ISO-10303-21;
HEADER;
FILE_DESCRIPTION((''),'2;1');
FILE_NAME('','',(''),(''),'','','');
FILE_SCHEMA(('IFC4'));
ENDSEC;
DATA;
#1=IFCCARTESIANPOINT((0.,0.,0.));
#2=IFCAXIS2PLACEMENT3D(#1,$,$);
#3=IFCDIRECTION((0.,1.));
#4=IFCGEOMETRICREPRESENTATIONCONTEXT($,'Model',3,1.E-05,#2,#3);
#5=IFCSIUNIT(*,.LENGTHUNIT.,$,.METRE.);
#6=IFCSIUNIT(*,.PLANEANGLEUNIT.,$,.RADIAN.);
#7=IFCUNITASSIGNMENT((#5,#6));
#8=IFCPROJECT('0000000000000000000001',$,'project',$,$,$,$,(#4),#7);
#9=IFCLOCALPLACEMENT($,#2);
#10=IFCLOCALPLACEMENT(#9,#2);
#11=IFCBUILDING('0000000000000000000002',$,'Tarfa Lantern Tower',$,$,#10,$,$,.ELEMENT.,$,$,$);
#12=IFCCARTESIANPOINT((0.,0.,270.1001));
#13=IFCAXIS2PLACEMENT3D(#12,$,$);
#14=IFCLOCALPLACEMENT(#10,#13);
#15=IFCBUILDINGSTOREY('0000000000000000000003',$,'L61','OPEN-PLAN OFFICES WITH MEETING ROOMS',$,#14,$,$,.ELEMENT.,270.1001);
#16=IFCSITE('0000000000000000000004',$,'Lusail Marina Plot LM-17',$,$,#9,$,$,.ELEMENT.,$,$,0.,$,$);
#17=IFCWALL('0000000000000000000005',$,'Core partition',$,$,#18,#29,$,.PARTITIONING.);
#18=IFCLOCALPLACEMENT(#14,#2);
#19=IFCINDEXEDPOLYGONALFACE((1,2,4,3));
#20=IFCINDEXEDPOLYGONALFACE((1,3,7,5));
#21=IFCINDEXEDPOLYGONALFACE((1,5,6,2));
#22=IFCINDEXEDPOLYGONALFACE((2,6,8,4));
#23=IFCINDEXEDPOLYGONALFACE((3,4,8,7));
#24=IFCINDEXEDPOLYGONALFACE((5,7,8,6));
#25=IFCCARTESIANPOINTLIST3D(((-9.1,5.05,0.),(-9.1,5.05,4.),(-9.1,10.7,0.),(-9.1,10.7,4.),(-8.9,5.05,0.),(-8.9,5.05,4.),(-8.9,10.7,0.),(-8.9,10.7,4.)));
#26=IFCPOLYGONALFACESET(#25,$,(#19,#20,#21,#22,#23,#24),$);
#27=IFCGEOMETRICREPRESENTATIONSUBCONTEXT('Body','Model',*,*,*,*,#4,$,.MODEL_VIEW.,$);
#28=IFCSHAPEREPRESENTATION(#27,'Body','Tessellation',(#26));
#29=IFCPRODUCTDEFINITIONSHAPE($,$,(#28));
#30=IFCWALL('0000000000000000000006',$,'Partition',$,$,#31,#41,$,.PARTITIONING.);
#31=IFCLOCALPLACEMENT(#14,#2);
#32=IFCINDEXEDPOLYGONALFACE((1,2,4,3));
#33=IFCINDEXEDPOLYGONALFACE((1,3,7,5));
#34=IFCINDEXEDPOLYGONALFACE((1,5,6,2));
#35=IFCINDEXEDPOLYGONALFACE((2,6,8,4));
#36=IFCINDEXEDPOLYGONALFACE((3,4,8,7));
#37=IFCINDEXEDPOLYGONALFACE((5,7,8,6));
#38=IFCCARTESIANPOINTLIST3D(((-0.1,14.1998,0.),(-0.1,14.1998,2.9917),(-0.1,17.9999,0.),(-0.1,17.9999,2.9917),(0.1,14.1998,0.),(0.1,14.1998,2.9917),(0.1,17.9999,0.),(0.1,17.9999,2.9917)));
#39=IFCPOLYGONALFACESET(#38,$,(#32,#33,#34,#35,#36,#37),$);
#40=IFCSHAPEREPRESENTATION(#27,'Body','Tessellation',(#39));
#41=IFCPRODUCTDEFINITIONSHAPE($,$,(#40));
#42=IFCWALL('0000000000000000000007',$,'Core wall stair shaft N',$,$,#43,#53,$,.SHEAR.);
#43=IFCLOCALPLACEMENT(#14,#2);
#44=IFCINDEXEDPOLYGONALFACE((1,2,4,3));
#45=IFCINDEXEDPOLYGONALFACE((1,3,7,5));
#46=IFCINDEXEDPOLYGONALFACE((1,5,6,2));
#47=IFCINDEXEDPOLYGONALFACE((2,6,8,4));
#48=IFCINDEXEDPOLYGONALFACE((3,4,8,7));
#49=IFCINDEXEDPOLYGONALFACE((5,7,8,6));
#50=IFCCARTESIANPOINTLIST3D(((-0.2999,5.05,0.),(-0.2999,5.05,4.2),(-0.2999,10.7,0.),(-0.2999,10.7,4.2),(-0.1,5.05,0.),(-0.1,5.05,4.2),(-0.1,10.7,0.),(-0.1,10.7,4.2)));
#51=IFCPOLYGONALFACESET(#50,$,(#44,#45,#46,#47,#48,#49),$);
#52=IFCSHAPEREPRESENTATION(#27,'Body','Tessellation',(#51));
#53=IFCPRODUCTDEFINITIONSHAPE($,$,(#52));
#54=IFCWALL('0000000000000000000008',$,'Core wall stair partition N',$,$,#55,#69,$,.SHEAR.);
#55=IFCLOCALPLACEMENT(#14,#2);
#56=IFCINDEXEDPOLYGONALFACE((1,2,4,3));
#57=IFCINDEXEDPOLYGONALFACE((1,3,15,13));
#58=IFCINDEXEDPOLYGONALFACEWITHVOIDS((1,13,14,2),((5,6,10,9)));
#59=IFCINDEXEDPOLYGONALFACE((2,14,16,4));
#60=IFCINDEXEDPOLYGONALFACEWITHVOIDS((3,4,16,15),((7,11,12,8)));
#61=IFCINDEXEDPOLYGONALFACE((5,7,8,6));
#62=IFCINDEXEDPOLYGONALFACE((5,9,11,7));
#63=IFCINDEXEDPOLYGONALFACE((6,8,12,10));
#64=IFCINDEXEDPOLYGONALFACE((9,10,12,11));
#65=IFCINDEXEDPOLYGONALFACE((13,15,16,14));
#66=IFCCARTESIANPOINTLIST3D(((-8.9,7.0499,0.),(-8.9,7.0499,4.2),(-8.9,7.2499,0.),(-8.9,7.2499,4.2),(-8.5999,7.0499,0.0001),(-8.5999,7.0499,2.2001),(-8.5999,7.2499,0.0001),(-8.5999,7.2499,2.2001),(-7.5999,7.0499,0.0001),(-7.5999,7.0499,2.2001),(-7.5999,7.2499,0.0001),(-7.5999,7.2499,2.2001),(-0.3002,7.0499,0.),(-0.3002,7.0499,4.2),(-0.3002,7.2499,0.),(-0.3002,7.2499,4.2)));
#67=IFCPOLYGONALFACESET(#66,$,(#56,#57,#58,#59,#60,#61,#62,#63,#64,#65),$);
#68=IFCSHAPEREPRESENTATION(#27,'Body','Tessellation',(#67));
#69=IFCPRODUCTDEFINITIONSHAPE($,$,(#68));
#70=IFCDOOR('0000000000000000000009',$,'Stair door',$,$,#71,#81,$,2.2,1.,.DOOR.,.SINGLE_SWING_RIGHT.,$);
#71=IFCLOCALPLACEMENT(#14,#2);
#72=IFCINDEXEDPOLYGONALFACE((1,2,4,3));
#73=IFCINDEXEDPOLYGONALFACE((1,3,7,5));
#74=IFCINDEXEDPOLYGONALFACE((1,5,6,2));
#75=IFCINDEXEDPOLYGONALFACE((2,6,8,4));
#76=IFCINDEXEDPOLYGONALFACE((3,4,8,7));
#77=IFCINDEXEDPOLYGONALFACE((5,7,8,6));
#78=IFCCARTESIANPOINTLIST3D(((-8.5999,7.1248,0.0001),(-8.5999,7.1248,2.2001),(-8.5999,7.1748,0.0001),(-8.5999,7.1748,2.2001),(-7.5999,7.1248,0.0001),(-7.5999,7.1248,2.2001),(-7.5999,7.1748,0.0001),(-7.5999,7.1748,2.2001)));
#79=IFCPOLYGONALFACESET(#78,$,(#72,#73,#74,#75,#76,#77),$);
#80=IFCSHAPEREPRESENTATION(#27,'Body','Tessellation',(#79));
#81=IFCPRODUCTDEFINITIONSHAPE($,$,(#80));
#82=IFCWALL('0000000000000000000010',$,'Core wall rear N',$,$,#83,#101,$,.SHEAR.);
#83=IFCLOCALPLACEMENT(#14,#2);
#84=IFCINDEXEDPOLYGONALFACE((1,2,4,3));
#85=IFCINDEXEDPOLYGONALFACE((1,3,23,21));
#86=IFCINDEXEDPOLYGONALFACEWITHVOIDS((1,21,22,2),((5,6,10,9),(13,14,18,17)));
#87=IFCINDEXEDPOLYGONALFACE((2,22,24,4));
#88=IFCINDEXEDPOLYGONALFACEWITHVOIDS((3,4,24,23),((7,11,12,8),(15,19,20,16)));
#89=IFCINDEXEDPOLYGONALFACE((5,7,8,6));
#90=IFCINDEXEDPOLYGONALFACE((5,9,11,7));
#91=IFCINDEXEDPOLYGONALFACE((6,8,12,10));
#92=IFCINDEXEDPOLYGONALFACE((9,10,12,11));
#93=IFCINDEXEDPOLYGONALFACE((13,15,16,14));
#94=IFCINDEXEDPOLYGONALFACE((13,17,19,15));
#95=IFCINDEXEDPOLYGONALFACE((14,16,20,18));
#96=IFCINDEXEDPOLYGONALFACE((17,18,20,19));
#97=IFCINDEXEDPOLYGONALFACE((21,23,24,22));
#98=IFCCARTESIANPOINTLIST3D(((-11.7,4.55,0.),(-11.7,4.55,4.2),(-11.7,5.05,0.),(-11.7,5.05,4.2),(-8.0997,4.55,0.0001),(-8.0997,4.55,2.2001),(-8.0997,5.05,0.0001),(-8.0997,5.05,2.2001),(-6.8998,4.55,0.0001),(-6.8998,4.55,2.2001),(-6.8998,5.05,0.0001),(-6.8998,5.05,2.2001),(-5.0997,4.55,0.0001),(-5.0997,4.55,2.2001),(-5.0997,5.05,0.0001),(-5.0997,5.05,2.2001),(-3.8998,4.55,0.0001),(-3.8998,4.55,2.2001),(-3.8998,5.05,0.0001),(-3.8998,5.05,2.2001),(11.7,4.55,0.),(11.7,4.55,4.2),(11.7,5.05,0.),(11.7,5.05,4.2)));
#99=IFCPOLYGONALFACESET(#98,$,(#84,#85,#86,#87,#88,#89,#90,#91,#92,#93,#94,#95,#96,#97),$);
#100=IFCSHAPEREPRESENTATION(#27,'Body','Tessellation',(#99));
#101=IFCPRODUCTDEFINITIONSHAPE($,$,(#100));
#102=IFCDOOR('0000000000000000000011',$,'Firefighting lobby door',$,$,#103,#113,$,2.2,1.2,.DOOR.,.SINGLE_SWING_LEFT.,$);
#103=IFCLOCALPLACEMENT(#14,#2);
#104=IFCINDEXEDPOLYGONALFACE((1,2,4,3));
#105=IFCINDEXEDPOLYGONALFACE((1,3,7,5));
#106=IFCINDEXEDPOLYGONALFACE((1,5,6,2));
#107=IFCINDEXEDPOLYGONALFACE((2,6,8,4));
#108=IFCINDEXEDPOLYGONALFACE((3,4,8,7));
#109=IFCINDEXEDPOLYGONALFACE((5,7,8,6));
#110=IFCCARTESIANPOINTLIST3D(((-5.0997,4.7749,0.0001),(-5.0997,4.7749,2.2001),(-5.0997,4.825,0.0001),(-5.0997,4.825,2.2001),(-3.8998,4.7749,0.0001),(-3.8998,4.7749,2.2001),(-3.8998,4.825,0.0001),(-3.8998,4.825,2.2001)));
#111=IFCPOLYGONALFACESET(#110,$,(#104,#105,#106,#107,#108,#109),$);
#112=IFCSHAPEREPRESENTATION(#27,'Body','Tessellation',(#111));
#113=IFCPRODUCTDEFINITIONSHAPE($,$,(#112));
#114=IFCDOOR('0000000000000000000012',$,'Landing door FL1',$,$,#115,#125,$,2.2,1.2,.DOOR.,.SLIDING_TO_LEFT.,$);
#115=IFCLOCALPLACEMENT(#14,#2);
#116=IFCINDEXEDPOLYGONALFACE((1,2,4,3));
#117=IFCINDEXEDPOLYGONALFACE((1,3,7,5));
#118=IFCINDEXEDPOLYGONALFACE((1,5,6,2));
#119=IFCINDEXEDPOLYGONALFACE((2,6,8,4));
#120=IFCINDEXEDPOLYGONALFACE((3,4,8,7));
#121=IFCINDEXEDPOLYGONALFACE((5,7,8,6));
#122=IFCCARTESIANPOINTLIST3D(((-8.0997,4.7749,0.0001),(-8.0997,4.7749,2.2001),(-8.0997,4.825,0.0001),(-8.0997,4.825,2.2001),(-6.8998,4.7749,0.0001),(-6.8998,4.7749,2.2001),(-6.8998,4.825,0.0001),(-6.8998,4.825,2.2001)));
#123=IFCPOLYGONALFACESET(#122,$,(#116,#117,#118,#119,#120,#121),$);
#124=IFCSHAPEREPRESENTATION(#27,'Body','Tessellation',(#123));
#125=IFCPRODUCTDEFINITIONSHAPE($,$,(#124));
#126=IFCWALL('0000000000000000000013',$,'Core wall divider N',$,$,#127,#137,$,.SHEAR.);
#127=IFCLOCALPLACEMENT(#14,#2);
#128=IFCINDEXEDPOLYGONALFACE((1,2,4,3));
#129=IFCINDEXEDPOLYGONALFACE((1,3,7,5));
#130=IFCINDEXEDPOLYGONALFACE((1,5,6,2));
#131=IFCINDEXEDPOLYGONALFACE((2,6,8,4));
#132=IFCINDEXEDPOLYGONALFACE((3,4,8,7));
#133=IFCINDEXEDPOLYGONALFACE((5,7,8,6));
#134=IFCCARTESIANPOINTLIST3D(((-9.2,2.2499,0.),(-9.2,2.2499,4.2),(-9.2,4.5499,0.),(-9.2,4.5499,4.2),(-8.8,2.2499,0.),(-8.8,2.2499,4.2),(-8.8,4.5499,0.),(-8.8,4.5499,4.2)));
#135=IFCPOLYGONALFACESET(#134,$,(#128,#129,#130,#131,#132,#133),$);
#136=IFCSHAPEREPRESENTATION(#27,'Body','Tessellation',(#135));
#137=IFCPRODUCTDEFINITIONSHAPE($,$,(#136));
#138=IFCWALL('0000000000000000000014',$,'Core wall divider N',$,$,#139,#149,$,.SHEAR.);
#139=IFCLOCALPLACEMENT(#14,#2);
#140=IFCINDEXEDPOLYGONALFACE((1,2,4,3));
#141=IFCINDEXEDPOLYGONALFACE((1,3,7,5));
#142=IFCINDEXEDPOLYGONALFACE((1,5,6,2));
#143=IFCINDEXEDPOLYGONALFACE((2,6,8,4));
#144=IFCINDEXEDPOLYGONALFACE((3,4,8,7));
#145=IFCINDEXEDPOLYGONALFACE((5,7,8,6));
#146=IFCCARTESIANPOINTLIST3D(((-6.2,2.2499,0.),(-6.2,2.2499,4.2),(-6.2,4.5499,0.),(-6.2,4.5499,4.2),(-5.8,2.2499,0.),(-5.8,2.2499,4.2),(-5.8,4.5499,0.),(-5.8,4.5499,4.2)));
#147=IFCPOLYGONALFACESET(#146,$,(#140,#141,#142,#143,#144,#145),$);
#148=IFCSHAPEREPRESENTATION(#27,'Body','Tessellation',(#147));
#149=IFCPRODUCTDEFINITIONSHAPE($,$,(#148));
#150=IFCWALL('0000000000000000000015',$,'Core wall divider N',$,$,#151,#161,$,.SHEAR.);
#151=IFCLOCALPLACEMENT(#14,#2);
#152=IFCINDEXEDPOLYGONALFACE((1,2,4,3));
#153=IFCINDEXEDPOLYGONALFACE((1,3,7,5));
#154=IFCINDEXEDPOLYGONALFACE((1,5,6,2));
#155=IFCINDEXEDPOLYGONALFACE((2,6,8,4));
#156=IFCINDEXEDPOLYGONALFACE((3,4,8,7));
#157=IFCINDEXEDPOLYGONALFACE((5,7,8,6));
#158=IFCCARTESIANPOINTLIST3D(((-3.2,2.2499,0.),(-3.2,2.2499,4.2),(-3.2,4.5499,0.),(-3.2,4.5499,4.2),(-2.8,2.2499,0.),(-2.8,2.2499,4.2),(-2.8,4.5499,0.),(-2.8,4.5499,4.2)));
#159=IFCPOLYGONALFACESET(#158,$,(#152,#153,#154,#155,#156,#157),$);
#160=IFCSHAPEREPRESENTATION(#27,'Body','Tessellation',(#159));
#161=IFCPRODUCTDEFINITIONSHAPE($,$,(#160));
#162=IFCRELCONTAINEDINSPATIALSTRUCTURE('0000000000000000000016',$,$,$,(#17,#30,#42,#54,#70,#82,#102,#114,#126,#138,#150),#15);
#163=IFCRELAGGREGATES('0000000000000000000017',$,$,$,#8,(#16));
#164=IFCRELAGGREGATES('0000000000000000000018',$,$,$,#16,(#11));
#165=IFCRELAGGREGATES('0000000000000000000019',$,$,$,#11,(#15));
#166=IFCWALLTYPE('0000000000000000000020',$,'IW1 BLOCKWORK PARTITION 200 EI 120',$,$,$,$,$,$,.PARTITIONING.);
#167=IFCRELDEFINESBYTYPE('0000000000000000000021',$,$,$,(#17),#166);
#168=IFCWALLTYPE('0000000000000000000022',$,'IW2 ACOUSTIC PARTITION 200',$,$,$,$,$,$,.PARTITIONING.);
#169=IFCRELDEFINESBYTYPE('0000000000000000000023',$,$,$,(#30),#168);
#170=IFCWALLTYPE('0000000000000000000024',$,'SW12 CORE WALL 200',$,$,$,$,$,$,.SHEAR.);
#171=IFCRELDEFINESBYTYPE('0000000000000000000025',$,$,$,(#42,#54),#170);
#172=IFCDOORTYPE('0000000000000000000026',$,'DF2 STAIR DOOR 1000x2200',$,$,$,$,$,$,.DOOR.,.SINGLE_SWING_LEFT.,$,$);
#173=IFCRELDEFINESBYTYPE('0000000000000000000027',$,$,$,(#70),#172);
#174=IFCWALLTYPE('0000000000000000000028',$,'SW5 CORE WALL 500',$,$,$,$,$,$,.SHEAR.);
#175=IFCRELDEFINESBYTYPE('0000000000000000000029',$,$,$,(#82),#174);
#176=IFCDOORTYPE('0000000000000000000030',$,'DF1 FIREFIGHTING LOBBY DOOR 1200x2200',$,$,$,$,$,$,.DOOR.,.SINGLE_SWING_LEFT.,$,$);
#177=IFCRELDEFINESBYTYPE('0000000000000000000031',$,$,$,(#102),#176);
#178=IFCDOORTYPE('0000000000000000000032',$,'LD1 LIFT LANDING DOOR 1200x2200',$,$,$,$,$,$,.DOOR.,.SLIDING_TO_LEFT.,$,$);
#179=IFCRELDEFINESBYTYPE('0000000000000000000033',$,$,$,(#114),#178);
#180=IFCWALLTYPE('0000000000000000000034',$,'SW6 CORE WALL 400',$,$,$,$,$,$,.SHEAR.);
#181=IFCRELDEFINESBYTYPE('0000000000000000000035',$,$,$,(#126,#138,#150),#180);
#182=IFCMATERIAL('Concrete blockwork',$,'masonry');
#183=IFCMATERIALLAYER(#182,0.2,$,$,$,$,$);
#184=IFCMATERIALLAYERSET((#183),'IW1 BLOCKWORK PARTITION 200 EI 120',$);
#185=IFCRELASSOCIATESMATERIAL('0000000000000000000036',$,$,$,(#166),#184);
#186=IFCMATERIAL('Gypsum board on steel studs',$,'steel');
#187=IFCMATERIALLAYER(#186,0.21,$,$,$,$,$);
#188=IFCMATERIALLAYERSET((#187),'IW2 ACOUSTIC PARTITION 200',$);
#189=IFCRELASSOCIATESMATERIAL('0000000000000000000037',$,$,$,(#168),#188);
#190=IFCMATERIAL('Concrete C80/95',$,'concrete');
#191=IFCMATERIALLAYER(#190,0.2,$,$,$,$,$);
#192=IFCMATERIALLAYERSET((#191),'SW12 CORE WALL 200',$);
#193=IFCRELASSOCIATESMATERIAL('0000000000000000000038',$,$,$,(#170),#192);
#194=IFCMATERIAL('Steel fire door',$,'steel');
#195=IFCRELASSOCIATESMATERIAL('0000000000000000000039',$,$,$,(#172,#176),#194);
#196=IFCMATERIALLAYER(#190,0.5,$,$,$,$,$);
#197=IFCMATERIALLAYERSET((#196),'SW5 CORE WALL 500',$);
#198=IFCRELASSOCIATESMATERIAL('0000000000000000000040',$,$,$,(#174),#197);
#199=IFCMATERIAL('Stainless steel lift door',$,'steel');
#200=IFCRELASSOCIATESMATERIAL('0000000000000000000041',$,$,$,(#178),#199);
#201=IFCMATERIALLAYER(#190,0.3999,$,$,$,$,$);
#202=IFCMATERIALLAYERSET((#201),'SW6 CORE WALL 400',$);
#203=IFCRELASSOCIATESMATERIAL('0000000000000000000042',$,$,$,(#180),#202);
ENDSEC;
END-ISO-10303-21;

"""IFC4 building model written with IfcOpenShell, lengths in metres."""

from ifc_helpers import new_model, si_unit, direction, frame, frame_2d, origin, place, context, subcontext, project, spatial, rectangle, extrude, material, layer, layer_set, type_object, element, fill, save


model = new_model("IFC4")

# Units and contexts
model_context = context("Model", 3, precision=1e-05, world=origin(), true_north=direction((0.0, 1.0)))
body_context = subcontext(model_context, "Body", "Model", "MODEL_VIEW")
ifc_project = project(units=[si_unit("LENGTHUNIT", "METRE"), si_unit("PLANEANGLEUNIT", "RADIAN")], contexts=[model_context])

# Site, building, storey
site_placement = place(None, origin())
site = spatial("IfcSite", under=ifc_project, at=site_placement, Name="Lusail Marina Plot LM-17", CompositionType="ELEMENT", RefElevation=0.0)
building_placement = place(site_placement, origin())
building = spatial("IfcBuilding", under=site, at=building_placement, Name="Tarfa Lantern Tower", CompositionType="ELEMENT")
storey_placement = place(building_placement, frame((0.0, 0.0, 270.1001)))
storey = spatial("IfcBuildingStorey", under=building, at=storey_placement, Name="L61", Description="OPEN-PLAN OFFICES WITH MEETING ROOMS", CompositionType="ELEMENT", Elevation=270.1001)

# Walls
ifc_material_1 = material(Name="Concrete blockwork", Category="masonry")
ifc_layer_1 = layer(ifc_material_1, 0.2)
ifc_layer_set_1 = layer_set([ifc_layer_1], Name="IW1 BLOCKWORK PARTITION 200 EI 120")
wall_type_1 = type_object("IfcWallType", Name="IW1 BLOCKWORK PARTITION 200 EI 120", PredefinedType="PARTITIONING", material=ifc_layer_set_1)
wall_1_placement = place(storey_placement, frame((-9.0, 5.05, 0.0), z_axis=(0.0, 0.0, 1.0), x_axis=(0.0, 1.0, 0.0)))
element("IfcWall", 1, at=wall_1_placement, inside=storey, type_object=wall_type_1, Name="Core partition", PredefinedType="PARTITIONING", context=body_context, shape_type="SweptSolid", body=[
    extrude(rectangle(XDim=5.6499, YDim=0.2, at=frame_2d((2.825, 0.0))), origin(), (0.0, 0.0, 1.0), 4.0),
])
ifc_material_2 = material(Name="Gypsum board on steel studs", Category="steel")
ifc_layer_2 = layer(ifc_material_2, 0.21)
ifc_layer_set_2 = layer_set([ifc_layer_2], Name="IW2 ACOUSTIC PARTITION 200")
wall_type_2 = type_object("IfcWallType", Name="IW2 ACOUSTIC PARTITION 200", PredefinedType="PARTITIONING", material=ifc_layer_set_2)
wall_2_placement = place(storey_placement, frame((0.0, 14.2, 0.0), z_axis=(0.0, 0.0, 1.0), x_axis=(0.0, 1.0, 0.0)))
element("IfcWall", 2, at=wall_2_placement, inside=storey, type_object=wall_type_2, Name="Partition", PredefinedType="PARTITIONING", context=body_context, shape_type="SweptSolid", body=[
    extrude(rectangle(XDim=3.8, YDim=0.2, at=frame_2d((1.8999, 0.0))), origin(), (0.0, 0.0, 1.0), 2.9917),
])
ifc_material_3 = material(Name="Concrete C80/95", Category="concrete")
ifc_layer_3 = layer(ifc_material_3, 0.2)
ifc_layer_set_3 = layer_set([ifc_layer_3], Name="SW12 CORE WALL 200")
wall_type_3 = type_object("IfcWallType", Name="SW12 CORE WALL 200", PredefinedType="SHEAR", material=ifc_layer_set_3)
wall_3_placement = place(storey_placement, frame((-0.2, 5.05, 0.0), z_axis=(0.0, 0.0, 1.0), x_axis=(0.0, 1.0, 0.0)))
element("IfcWall", 3, at=wall_3_placement, inside=storey, type_object=wall_type_3, Name="Core wall stair shaft N", PredefinedType="SHEAR", context=body_context, shape_type="SweptSolid", body=[
    extrude(rectangle(XDim=5.6499, YDim=0.2, at=frame_2d((2.825, 0.0))), origin(), (0.0, 0.0, 1.0), 4.2),
])

# Wall, opening, door
wall_4_placement = place(storey_placement, frame((-8.8999, 7.1499, 0.0), z_axis=(0.0, 0.0, 1.0), x_axis=(1.0, 0.0, 0.0)))
wall_4 = element("IfcWall", 4, at=wall_4_placement, inside=storey, type_object=wall_type_3, Name="Core wall stair partition N", PredefinedType="SHEAR", context=body_context, shape_type="SweptSolid", body=[
    extrude(rectangle(XDim=8.5999, YDim=0.2, at=frame_2d((4.2998, 0.0))), origin(), (0.0, 0.0, 1.0), 4.2),
])
opening_1_placement = place(wall_4_placement, frame((0.3, 0.0, 0.0)))
opening_1 = element("IfcOpeningElement", 5, at=opening_1_placement, cuts=wall_4, PredefinedType="OPENING", context=body_context, shape_type="SweptSolid", body=[
    extrude(rectangle(XDim=1.0, YDim=2.2, at=frame_2d((0.5, 1.1001))), frame((0.0, 0.1099, 0.0), z_axis=(0.0, -1.0, 0.0), x_axis=(1.0, 0.0, 0.0)), (0.0, 0.0, 1.0), 0.22),
])
ifc_material_4 = material(Name="Steel fire door", Category="steel")
door_type_1 = type_object("IfcDoorType", Name="DF2 STAIR DOOR 1000x2200", OperationType="SINGLE_SWING_LEFT", PredefinedType="DOOR", material=ifc_material_4)
door_1_placement = place(opening_1_placement, origin())
door_1 = element("IfcDoor", 6, at=door_1_placement, inside=storey, type_object=door_type_1, Name="Stair door", OperationType="SINGLE_SWING_RIGHT", OverallHeight=2.2, OverallWidth=1.0, PredefinedType="DOOR", context=body_context, shape_type="SweptSolid", body=[
    extrude(rectangle(XDim=1.0, YDim=2.2, at=frame_2d((0.5, 1.1001))), frame((0.0, 0.0249, 0.0), z_axis=(0.0, -1.0, 0.0), x_axis=(1.0, 0.0, 0.0)), (0.0, 0.0, 1.0), 0.05),
])
fill(opening_1, door_1)

# Wall, openings, doors
ifc_layer_4 = layer(ifc_material_3, 0.5)
ifc_layer_set_4 = layer_set([ifc_layer_4], Name="SW5 CORE WALL 500")
wall_type_4 = type_object("IfcWallType", Name="SW5 CORE WALL 500", PredefinedType="SHEAR", material=ifc_layer_set_4)
wall_5_placement = place(storey_placement, frame((-11.7, 4.8, 0.0), z_axis=(0.0, 0.0, 1.0), x_axis=(1.0, 0.0, 0.0)))
wall_5 = element("IfcWall", 7, at=wall_5_placement, inside=storey, type_object=wall_type_4, Name="Core wall rear N", PredefinedType="SHEAR", context=body_context, shape_type="SweptSolid", body=[
    extrude(rectangle(XDim=23.3999, YDim=0.5, at=frame_2d((11.7, 0.0))), origin(), (0.0, 0.0, 1.0), 4.2),
])
opening_2_placement = place(wall_5_placement, frame((6.6001, 0.0, 0.0)))
opening_2 = element("IfcOpeningElement", 8, at=opening_2_placement, cuts=wall_5, PredefinedType="OPENING", context=body_context, shape_type="SweptSolid", body=[
    extrude(rectangle(XDim=1.2, YDim=2.2, at=frame_2d((0.6001, 1.1001))), frame((0.0, 0.26, 0.0), z_axis=(0.0, -1.0, 0.0), x_axis=(1.0, 0.0, 0.0)), (0.0, 0.0, 1.0), 0.52),
])
opening_3_placement = place(wall_5_placement, frame((3.6001, 0.0, 0.0)))
opening_3 = element("IfcOpeningElement", 9, at=opening_3_placement, cuts=wall_5, PredefinedType="OPENING", context=body_context, shape_type="SweptSolid", body=[
    extrude(rectangle(XDim=1.2, YDim=2.2, at=frame_2d((0.6001, 1.1001))), frame((0.0, 0.26, 0.0), z_axis=(0.0, -1.0, 0.0), x_axis=(1.0, 0.0, 0.0)), (0.0, 0.0, 1.0), 0.52),
])
door_type_2 = type_object("IfcDoorType", Name="DF1 FIREFIGHTING LOBBY DOOR 1200x2200", OperationType="SINGLE_SWING_LEFT", PredefinedType="DOOR", material=ifc_material_4)
door_2_placement = place(opening_2_placement, origin())
door_2 = element("IfcDoor", 10, at=door_2_placement, inside=storey, type_object=door_type_2, Name="Firefighting lobby door", OperationType="SINGLE_SWING_LEFT", OverallHeight=2.2, OverallWidth=1.2, PredefinedType="DOOR", context=body_context, shape_type="SweptSolid", body=[
    extrude(rectangle(XDim=1.2, YDim=2.2, at=frame_2d((0.6001, 1.1001))), frame((0.0, 0.0249, 0.0), z_axis=(0.0, -1.0, 0.0), x_axis=(1.0, 0.0, 0.0)), (0.0, 0.0, 1.0), 0.05),
])
fill(opening_2, door_2)
ifc_material_5 = material(Name="Stainless steel lift door", Category="steel")
door_type_3 = type_object("IfcDoorType", Name="LD1 LIFT LANDING DOOR 1200x2200", OperationType="SLIDING_TO_LEFT", PredefinedType="DOOR", material=ifc_material_5)
door_3_placement = place(opening_3_placement, origin())
door_3 = element("IfcDoor", 11, at=door_3_placement, inside=storey, type_object=door_type_3, Name="Landing door FL1", OperationType="SLIDING_TO_LEFT", OverallHeight=2.2, OverallWidth=1.2, PredefinedType="DOOR", context=body_context, shape_type="SweptSolid", body=[
    extrude(rectangle(XDim=1.2, YDim=2.2, at=frame_2d((0.6001, 1.1001))), frame((0.0, 0.0249, 0.0), z_axis=(0.0, -1.0, 0.0), x_axis=(1.0, 0.0, 0.0)), (0.0, 0.0, 1.0), 0.05),
])
fill(opening_3, door_3)

# Walls
ifc_layer_5 = layer(ifc_material_3, 0.3999)
ifc_layer_set_5 = layer_set([ifc_layer_5], Name="SW6 CORE WALL 400")
wall_type_5 = type_object("IfcWallType", Name="SW6 CORE WALL 400", PredefinedType="SHEAR", material=ifc_layer_set_5)
for number, where, z_axis, x_axis, name in (
    (12, (-9.0, 2.25, 0.0), (0.0, 0.0, 1.0), (0.0, 1.0, 0.0), "Core wall divider N"),
    (13, (-6.0, 2.25, 0.0), (0.0, 0.0, 1.0), (0.0, 1.0, 0.0), "Core wall divider N"),
    (14, (-3.0, 2.25, 0.0), (0.0, 0.0, 1.0), (0.0, 1.0, 0.0), "Core wall divider N"),
):
    element("IfcWall", number, at=place(storey_placement, frame(where, z_axis=z_axis, x_axis=x_axis)), inside=storey, type_object=wall_type_5, Name=name, PredefinedType="SHEAR", context=body_context, shape_type="SweptSolid", body=[
        extrude(rectangle(XDim=2.3, YDim=0.3999, at=frame_2d((1.1499, 0.0))), origin(), (0.0, 0.0, 1.0), 4.2),
    ])

save(model, "model.ifc")
